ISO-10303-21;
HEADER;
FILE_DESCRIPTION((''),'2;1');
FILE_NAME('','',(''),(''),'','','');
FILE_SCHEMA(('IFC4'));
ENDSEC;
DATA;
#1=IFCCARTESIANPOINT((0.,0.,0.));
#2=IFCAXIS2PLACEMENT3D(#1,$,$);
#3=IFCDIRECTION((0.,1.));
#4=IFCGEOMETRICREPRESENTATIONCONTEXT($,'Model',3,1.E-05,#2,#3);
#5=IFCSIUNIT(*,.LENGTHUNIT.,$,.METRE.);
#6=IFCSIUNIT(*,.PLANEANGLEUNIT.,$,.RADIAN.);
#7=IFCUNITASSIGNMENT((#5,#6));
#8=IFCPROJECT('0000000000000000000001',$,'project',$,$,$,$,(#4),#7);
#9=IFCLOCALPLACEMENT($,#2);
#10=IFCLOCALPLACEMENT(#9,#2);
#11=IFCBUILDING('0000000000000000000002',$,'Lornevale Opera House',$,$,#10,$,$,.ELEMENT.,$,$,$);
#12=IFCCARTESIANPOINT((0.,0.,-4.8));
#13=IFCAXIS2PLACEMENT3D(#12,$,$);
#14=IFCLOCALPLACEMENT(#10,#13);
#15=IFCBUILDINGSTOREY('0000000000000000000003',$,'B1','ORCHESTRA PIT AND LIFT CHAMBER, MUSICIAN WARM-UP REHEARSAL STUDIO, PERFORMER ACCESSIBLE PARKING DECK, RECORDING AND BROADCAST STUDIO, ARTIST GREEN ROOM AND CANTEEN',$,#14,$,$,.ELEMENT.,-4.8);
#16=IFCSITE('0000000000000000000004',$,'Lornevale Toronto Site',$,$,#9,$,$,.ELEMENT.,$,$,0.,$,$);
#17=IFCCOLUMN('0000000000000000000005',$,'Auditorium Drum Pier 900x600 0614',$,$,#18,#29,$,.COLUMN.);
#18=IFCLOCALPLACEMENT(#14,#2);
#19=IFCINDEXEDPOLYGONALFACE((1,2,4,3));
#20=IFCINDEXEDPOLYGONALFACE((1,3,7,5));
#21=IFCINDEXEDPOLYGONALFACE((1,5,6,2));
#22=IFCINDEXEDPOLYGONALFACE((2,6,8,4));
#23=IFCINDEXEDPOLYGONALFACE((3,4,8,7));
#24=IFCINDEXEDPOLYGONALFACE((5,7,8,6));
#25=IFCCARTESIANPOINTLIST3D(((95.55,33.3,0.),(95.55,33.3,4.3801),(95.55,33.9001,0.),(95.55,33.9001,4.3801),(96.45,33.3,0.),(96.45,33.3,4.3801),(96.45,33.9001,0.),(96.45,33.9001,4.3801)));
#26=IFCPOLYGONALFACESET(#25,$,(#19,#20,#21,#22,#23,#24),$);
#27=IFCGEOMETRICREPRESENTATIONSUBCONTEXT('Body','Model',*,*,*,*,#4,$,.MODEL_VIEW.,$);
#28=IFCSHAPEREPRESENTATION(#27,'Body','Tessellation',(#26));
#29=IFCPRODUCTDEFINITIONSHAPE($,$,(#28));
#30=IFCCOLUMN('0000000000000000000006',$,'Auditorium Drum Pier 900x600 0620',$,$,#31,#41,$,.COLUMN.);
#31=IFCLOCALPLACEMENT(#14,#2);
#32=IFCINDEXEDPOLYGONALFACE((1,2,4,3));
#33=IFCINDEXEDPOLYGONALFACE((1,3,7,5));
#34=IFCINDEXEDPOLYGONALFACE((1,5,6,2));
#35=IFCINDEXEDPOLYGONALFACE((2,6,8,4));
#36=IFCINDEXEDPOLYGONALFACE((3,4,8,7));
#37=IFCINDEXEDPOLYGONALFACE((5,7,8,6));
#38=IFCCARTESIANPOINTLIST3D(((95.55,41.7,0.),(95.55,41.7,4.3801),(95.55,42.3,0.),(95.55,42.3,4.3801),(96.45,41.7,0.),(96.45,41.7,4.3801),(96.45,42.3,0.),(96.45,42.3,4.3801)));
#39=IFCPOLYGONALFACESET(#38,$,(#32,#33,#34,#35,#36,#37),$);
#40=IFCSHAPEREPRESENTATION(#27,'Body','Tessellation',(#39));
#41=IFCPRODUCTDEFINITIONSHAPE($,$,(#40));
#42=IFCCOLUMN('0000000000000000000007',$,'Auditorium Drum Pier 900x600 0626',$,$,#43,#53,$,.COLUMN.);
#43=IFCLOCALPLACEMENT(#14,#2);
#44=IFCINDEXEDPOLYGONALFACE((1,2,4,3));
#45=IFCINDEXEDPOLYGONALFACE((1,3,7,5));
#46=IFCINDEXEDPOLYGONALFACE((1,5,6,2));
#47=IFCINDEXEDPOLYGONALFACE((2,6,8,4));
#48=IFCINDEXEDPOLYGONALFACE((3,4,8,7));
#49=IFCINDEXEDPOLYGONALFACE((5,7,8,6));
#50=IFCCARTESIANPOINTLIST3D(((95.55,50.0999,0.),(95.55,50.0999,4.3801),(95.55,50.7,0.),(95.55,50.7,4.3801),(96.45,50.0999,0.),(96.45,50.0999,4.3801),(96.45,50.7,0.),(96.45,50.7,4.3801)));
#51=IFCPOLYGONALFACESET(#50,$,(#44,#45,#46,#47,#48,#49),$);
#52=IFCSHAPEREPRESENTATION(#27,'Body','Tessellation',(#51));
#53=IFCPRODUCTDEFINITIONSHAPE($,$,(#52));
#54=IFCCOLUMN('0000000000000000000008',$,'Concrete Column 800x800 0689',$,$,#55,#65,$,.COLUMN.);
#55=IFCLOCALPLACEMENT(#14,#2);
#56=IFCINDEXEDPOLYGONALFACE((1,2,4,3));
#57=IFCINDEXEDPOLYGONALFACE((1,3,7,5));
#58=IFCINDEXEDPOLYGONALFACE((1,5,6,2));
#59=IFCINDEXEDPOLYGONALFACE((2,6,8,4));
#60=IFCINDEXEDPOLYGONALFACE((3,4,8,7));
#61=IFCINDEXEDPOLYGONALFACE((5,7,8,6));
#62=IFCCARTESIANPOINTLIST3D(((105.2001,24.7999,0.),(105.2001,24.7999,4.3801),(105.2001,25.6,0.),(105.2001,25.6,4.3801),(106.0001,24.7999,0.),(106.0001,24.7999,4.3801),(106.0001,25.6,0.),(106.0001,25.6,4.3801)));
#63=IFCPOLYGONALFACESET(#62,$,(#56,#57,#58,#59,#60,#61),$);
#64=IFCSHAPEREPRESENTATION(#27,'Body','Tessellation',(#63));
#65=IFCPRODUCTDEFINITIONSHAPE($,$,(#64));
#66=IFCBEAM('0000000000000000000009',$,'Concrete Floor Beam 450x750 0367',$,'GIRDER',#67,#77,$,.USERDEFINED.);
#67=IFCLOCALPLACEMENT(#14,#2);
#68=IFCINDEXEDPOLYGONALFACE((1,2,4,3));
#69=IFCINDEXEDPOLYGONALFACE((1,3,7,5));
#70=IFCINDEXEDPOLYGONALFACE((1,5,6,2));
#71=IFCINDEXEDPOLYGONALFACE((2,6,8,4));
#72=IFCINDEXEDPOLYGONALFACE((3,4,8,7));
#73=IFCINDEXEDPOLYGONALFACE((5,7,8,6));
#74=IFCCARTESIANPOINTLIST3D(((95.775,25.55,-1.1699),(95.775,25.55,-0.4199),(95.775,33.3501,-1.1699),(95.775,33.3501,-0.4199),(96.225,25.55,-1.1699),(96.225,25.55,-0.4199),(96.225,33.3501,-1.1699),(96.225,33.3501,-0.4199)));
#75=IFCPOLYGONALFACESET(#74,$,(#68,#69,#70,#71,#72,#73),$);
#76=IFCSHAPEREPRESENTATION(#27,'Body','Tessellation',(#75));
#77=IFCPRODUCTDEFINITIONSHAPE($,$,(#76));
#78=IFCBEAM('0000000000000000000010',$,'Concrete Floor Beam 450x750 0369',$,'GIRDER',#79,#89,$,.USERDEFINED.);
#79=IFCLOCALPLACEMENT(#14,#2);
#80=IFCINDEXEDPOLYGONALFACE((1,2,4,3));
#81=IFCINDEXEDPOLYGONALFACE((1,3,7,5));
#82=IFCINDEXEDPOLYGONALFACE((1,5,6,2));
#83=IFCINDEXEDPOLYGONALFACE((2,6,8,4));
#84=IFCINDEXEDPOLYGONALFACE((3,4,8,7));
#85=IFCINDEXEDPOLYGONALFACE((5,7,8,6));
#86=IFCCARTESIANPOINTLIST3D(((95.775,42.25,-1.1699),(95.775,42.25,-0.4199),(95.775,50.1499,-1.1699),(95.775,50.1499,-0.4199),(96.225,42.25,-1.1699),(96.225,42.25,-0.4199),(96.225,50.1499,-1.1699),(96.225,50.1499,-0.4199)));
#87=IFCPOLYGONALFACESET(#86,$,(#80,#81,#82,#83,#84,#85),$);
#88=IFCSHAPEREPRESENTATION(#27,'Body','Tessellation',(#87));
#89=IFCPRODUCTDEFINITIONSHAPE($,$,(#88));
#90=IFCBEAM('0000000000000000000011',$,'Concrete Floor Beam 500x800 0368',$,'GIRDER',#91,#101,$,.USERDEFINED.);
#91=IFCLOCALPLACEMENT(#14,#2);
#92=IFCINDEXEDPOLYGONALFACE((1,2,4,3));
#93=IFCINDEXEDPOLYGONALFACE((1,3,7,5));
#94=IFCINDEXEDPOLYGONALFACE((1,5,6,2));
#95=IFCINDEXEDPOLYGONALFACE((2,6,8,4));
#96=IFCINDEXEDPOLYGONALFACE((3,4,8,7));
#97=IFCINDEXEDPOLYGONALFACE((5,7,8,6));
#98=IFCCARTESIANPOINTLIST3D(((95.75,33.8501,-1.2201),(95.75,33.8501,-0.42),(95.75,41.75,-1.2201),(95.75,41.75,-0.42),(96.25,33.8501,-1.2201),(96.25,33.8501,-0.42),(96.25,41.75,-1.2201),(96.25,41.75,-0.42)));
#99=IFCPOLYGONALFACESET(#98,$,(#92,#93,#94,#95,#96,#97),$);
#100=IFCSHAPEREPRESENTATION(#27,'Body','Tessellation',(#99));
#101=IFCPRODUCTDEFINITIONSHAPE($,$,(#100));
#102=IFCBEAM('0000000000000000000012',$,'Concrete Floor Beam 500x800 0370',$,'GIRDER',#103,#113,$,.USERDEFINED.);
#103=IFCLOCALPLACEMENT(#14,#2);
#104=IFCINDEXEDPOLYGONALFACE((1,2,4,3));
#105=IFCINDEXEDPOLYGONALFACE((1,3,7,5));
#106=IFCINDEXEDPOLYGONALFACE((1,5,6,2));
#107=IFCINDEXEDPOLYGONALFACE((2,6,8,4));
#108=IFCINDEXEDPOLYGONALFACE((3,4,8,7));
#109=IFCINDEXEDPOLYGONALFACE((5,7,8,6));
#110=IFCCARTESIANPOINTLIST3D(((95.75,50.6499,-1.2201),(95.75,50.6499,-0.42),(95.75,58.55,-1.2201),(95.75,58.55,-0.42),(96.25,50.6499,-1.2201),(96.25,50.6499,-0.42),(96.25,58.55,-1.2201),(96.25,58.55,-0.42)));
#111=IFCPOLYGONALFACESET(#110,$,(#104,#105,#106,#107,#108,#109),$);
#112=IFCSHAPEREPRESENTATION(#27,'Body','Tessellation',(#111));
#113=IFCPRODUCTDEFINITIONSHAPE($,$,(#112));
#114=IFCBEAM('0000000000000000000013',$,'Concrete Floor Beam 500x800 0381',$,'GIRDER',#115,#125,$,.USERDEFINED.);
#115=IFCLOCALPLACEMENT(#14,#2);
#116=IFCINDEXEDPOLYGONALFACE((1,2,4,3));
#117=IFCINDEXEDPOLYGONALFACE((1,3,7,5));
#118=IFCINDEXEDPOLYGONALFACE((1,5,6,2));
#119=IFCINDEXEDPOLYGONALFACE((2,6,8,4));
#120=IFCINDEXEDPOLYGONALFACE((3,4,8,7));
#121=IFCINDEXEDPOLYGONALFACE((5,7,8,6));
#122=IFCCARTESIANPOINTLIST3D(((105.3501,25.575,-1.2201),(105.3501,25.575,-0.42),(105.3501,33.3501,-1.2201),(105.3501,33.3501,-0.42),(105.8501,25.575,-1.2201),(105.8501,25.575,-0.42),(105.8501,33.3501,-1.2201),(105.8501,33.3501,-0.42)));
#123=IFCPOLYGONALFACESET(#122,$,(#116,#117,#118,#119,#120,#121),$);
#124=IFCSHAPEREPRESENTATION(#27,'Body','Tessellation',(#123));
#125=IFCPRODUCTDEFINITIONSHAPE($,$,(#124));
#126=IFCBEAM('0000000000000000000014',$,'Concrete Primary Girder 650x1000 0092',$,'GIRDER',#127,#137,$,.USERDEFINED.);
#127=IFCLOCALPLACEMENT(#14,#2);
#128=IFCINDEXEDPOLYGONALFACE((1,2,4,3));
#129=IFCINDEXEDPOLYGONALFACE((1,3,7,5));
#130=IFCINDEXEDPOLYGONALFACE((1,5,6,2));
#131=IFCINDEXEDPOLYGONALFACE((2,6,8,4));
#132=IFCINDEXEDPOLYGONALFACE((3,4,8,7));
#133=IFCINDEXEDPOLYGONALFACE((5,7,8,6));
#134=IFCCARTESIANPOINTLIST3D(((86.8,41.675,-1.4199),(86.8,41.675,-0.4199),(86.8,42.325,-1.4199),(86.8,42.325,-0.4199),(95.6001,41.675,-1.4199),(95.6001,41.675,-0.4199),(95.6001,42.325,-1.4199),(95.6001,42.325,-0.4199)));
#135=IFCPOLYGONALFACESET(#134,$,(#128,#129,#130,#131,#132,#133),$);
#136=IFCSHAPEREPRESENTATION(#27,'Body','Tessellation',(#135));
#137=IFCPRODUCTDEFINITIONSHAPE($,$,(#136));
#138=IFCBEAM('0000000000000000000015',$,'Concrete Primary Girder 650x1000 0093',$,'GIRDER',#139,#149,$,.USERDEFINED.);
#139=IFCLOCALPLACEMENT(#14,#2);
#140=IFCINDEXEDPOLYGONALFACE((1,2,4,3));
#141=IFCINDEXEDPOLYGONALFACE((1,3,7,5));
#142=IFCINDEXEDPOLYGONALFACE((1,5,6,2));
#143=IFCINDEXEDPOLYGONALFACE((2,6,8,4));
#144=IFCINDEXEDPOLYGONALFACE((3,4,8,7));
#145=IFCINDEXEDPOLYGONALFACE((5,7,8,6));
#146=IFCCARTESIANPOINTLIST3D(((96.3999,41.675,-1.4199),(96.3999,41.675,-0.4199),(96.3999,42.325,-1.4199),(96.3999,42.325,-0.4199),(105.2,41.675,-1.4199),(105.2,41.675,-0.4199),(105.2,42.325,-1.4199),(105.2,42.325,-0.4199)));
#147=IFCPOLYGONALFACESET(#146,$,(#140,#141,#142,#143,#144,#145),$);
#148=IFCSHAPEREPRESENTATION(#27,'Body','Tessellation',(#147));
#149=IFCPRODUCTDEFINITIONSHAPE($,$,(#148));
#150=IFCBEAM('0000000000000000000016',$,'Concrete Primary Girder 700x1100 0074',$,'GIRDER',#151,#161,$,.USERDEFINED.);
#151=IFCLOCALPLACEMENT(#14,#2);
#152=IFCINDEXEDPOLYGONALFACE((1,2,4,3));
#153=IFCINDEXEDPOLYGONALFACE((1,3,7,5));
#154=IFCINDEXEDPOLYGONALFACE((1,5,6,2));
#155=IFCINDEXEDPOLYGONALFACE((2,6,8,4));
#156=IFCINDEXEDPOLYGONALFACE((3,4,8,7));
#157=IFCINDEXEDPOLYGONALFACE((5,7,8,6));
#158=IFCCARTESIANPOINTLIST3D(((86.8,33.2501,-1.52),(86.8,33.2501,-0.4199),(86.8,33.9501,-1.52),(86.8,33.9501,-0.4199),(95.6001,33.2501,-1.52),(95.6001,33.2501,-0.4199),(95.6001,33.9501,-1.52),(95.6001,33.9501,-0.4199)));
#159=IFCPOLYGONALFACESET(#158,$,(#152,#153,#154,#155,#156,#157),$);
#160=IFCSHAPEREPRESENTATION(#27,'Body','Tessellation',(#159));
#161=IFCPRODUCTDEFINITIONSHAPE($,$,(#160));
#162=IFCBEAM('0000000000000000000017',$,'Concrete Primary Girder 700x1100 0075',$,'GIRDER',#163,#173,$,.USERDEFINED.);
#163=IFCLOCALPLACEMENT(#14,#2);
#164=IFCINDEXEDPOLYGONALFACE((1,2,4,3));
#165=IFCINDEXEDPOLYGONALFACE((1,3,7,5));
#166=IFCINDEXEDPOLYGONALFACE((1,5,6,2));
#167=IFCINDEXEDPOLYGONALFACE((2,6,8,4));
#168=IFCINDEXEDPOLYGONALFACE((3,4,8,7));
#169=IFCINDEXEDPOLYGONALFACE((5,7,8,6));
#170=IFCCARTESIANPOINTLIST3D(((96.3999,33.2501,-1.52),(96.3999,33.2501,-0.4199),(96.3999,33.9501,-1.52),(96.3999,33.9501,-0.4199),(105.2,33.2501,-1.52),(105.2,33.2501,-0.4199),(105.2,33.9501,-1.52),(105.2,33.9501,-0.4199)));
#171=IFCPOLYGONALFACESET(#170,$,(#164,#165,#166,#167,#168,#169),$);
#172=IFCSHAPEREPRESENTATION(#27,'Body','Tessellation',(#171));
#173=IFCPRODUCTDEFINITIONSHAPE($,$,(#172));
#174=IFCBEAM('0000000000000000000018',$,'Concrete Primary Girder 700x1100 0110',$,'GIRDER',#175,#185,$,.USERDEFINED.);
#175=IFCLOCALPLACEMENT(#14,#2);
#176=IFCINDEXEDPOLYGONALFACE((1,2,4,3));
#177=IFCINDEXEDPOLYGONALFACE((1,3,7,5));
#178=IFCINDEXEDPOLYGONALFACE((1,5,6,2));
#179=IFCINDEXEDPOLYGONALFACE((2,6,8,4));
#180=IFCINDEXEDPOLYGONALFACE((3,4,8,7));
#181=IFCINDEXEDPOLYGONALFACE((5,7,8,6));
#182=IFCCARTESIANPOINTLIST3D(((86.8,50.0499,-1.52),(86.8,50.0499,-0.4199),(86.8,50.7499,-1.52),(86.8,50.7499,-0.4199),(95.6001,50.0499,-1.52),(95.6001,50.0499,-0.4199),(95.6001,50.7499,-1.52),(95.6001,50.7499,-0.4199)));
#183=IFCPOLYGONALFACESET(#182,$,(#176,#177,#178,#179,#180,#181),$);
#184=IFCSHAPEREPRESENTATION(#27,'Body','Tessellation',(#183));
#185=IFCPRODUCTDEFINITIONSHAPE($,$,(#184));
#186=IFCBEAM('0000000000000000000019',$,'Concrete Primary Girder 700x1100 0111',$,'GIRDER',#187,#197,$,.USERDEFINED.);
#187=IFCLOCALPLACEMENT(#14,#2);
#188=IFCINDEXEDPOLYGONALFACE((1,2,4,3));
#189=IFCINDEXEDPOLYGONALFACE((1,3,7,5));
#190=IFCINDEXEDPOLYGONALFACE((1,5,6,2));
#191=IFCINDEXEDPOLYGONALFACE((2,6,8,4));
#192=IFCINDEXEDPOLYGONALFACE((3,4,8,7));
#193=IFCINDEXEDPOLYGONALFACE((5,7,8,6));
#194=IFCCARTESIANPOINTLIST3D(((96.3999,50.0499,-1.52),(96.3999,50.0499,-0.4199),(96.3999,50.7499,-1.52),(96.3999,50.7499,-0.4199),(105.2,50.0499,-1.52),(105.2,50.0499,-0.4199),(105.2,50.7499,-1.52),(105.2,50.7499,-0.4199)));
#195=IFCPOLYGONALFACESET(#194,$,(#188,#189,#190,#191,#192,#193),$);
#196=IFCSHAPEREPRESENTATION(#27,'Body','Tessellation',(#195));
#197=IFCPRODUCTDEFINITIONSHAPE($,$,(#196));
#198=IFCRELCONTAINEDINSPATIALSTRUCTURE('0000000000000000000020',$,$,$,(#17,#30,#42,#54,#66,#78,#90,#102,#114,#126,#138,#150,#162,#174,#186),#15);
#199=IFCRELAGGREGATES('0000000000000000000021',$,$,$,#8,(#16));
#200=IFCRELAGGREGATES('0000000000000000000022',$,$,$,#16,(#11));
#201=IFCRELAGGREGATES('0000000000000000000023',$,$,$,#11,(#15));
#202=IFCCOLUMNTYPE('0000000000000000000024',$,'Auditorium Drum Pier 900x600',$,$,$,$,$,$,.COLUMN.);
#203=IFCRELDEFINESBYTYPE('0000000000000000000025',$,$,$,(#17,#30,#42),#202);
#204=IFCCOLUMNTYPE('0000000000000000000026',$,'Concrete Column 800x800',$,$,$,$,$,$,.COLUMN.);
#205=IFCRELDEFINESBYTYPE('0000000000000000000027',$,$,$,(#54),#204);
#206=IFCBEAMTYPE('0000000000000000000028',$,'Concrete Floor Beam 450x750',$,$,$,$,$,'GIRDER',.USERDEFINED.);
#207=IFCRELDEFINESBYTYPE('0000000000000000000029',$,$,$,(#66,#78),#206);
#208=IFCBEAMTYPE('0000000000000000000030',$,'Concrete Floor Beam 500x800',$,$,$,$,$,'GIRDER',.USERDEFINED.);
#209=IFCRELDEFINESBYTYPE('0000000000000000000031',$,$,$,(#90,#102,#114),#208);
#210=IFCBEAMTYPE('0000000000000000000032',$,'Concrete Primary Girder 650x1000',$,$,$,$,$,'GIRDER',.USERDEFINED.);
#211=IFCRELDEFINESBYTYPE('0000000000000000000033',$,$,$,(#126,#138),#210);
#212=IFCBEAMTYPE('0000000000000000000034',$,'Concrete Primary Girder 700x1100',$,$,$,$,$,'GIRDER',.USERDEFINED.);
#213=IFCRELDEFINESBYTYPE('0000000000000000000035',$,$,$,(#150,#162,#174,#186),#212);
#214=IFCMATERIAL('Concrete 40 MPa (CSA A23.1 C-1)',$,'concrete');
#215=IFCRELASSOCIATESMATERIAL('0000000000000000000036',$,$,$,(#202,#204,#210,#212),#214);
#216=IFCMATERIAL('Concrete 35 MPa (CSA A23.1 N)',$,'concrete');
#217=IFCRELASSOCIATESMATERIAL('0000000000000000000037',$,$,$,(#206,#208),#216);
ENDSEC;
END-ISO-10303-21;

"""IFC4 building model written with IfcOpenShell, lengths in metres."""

from ifc_helpers import new_model, si_unit, direction, frame, origin, origin_2d, place, context, subcontext, project, spatial, rectangle, extrude, material, material_profile, profile_set, type_object, element, save


model = new_model("IFC4")

# Units and contexts
model_context = context("Model", 3, precision=1e-05, world=origin(), true_north=direction((0.0, 1.0)))
body_context = subcontext(model_context, "Body", "Model", "MODEL_VIEW")
ifc_project = project(units=[si_unit("LENGTHUNIT", "METRE"), si_unit("PLANEANGLEUNIT", "RADIAN")], contexts=[model_context])

# Site, building, storey
site_placement = place(None, origin())
site = spatial("IfcSite", under=ifc_project, at=site_placement, Name="Lornevale Toronto Site", CompositionType="ELEMENT", RefElevation=0.0)
building_placement = place(site_placement, origin())
building = spatial("IfcBuilding", under=site, at=building_placement, Name="Lornevale Opera House", CompositionType="ELEMENT")
storey_placement = place(building_placement, frame((0.0, 0.0, -4.8)))
storey = spatial("IfcBuildingStorey", under=building, at=storey_placement, Name="B1", Description="ORCHESTRA PIT AND LIFT CHAMBER, MUSICIAN WARM-UP REHEARSAL STUDIO, PERFORMER ACCESSIBLE PARKING DECK, RECORDING AND BROADCAST STUDIO, ARTIST GREEN ROOM AND CANTEEN", CompositionType="ELEMENT", Elevation=-4.8)

# Columns
ifc_material_1 = material(Name="Concrete 40 MPa (CSA A23.1 C-1)", Category="concrete")
ifc_material_profile_1 = material_profile(ifc_material_1, rectangle(XDim=0.8999, YDim=0.6001, at=origin_2d()), Name="RC900x600")
ifc_profile_set_1 = profile_set([ifc_material_profile_1], Name="Concrete 40 MPa (CSA A23.1 C-1)")
column_type_1 = type_object("IfcColumnType", Name="Auditorium Drum Pier 900x600", PredefinedType="COLUMN", material=ifc_profile_set_1)
for number, where, z_axis, x_axis, name in (
    (1, (96.0, 33.6001, 0.0), (0.0, 0.0, 1.0), (1.0, 0.0, 0.0), "Auditorium Drum Pier 900x600 0614"),
    (2, (96.0, 42.0, 0.0), (0.0, 0.0, 1.0), (1.0, 0.0, 0.0), "Auditorium Drum Pier 900x600 0620"),
    (3, (96.0, 50.3999, 0.0), (0.0, 0.0, 1.0), (1.0, 0.0, 0.0), "Auditorium Drum Pier 900x600 0626"),
):
    element("IfcColumn", number, at=place(storey_placement, frame(where, z_axis=z_axis, x_axis=x_axis)), inside=storey, type_object=column_type_1, Name=name, PredefinedType="COLUMN", context=body_context, shape_type="SweptSolid", body=[
        extrude(rectangle(XDim=0.8999, YDim=0.6001, at=origin_2d()), origin(), (0.0, 0.0, 1.0), 4.3801),
    ])
ifc_material_profile_2 = material_profile(ifc_material_1, rectangle(XDim=0.8, YDim=0.8, at=origin_2d()), Name="RC800x800")
ifc_profile_set_2 = profile_set([ifc_material_profile_2], Name="Concrete 40 MPa (CSA A23.1 C-1)")
column_type_2 = type_object("IfcColumnType", Name="Concrete Column 800x800", PredefinedType="COLUMN", material=ifc_profile_set_2)
column_placement = place(storey_placement, frame((105.6001, 25.2, 0.0), z_axis=(0.0, 0.0, 1.0), x_axis=(1.0, 0.0, 0.0)))
element("IfcColumn", 4, at=column_placement, inside=storey, type_object=column_type_2, Name="Concrete Column 800x800 0689", PredefinedType="COLUMN", context=body_context, shape_type="SweptSolid", body=[
    extrude(rectangle(XDim=0.8, YDim=0.8, at=origin_2d()), origin(), (0.0, 0.0, 1.0), 4.3801),
])

# Beams
ifc_material_2 = material(Name="Concrete 35 MPa (CSA A23.1 N)", Category="concrete")
ifc_material_profile_3 = material_profile(ifc_material_2, rectangle(XDim=0.45, YDim=0.75, at=origin_2d()), Name="RC450x750")
ifc_profile_set_3 = profile_set([ifc_material_profile_3], Name="Concrete 35 MPa (CSA A23.1 N)")
beam_type_1 = type_object("IfcBeamType", Name="Concrete Floor Beam 450x750", ElementType="GIRDER", PredefinedType="USERDEFINED", material=ifc_profile_set_3)
beam_1_placement = place(storey_placement, frame((96.0, 25.55, -0.7949), z_axis=(0.0, 1.0, 0.0), x_axis=(-1.0, 0.0, 0.0)))
element("IfcBeam", 5, at=beam_1_placement, inside=storey, type_object=beam_type_1, Name="Concrete Floor Beam 450x750 0367", ObjectType="GIRDER", PredefinedType="USERDEFINED", context=body_context, shape_type="SweptSolid", body=[
    extrude(rectangle(XDim=0.45, YDim=0.75, at=origin_2d()), origin(), (0.0, 0.0, 1.0), 7.8),
])
beam_2_placement = place(storey_placement, frame((96.0, 42.25, -0.7949), z_axis=(0.0, 1.0, 0.0), x_axis=(-1.0, 0.0, 0.0)))
element("IfcBeam", 6, at=beam_2_placement, inside=storey, type_object=beam_type_1, Name="Concrete Floor Beam 450x750 0369", ObjectType="GIRDER", PredefinedType="USERDEFINED", context=body_context, shape_type="SweptSolid", body=[
    extrude(rectangle(XDim=0.45, YDim=0.75, at=origin_2d()), origin(), (0.0, 0.0, 1.0), 7.8999),
])
ifc_material_profile_4 = material_profile(ifc_material_2, rectangle(XDim=0.5, YDim=0.8, at=origin_2d()), Name="RC500x800")
ifc_profile_set_4 = profile_set([ifc_material_profile_4], Name="Concrete 35 MPa (CSA A23.1 N)")
beam_type_2 = type_object("IfcBeamType", Name="Concrete Floor Beam 500x800", ElementType="GIRDER", PredefinedType="USERDEFINED", material=ifc_profile_set_4)
beam_3_placement = place(storey_placement, frame((96.0, 33.8501, -0.8201), z_axis=(0.0, 1.0, 0.0), x_axis=(-1.0, 0.0, 0.0)))
element("IfcBeam", 7, at=beam_3_placement, inside=storey, type_object=beam_type_2, Name="Concrete Floor Beam 500x800 0368", ObjectType="GIRDER", PredefinedType="USERDEFINED", context=body_context, shape_type="SweptSolid", body=[
    extrude(rectangle(XDim=0.5, YDim=0.8, at=origin_2d()), origin(), (0.0, 0.0, 1.0), 7.8999),
])
beam_4_placement = place(storey_placement, frame((96.0, 50.6499, -0.8201), z_axis=(0.0, 1.0, 0.0), x_axis=(-1.0, 0.0, 0.0)))
element("IfcBeam", 8, at=beam_4_placement, inside=storey, type_object=beam_type_2, Name="Concrete Floor Beam 500x800 0370", ObjectType="GIRDER", PredefinedType="USERDEFINED", context=body_context, shape_type="SweptSolid", body=[
    extrude(rectangle(XDim=0.5, YDim=0.8, at=origin_2d()), origin(), (0.0, 0.0, 1.0), 7.9001),
])
beam_5_placement = place(storey_placement, frame((105.6001, 25.575, -0.8201), z_axis=(0.0, 1.0, 0.0), x_axis=(-1.0, 0.0, 0.0)))
element("IfcBeam", 9, at=beam_5_placement, inside=storey, type_object=beam_type_2, Name="Concrete Floor Beam 500x800 0381", ObjectType="GIRDER", PredefinedType="USERDEFINED", context=body_context, shape_type="SweptSolid", body=[
    extrude(rectangle(XDim=0.5, YDim=0.8, at=origin_2d()), origin(), (0.0, 0.0, 1.0), 7.7751),
])
ifc_material_profile_5 = material_profile(ifc_material_1, rectangle(XDim=0.6499, YDim=1.0, at=origin_2d()), Name="RC650x1000")
ifc_profile_set_5 = profile_set([ifc_material_profile_5], Name="Concrete 40 MPa (CSA A23.1 C-1)")
beam_type_3 = type_object("IfcBeamType", Name="Concrete Primary Girder 650x1000", ElementType="GIRDER", PredefinedType="USERDEFINED", material=ifc_profile_set_5)
for number, where, z_axis, x_axis, name in (
    (10, (86.8, 42.0, -0.9199), (1.0, 0.0, 0.0), (0.0, 1.0, 0.0), "Concrete Primary Girder 650x1000 0092"),
    (11, (96.3999, 42.0, -0.9199), (1.0, 0.0, 0.0), (0.0, 1.0, 0.0), "Concrete Primary Girder 650x1000 0093"),
):
    element("IfcBeam", number, at=place(storey_placement, frame(where, z_axis=z_axis, x_axis=x_axis)), inside=storey, type_object=beam_type_3, Name=name, ObjectType="GIRDER", PredefinedType="USERDEFINED", context=body_context, shape_type="SweptSolid", body=[
        extrude(rectangle(XDim=0.6499, YDim=1.0, at=origin_2d()), origin(), (0.0, 0.0, 1.0), 8.8),
    ])
ifc_material_profile_6 = material_profile(ifc_material_1, rectangle(XDim=0.7, YDim=1.1001, at=origin_2d()), Name="RC700x1100")
ifc_profile_set_6 = profile_set([ifc_material_profile_6], Name="Concrete 40 MPa (CSA A23.1 C-1)")
beam_type_4 = type_object("IfcBeamType", Name="Concrete Primary Girder 700x1100", ElementType="GIRDER", PredefinedType="USERDEFINED", material=ifc_profile_set_6)
for number, where, z_axis, x_axis, name in (
    (12, (86.8, 33.6001, -0.97), (1.0, 0.0, 0.0), (0.0, 1.0, 0.0), "Concrete Primary Girder 700x1100 0074"),
    (13, (96.3999, 33.6001, -0.97), (1.0, 0.0, 0.0), (0.0, 1.0, 0.0), "Concrete Primary Girder 700x1100 0075"),
    (14, (86.8, 50.3999, -0.97), (1.0, 0.0, 0.0), (0.0, 1.0, 0.0), "Concrete Primary Girder 700x1100 0110"),
    (15, (96.3999, 50.3999, -0.97), (1.0, 0.0, 0.0), (0.0, 1.0, 0.0), "Concrete Primary Girder 700x1100 0111"),
):
    element("IfcBeam", number, at=place(storey_placement, frame(where, z_axis=z_axis, x_axis=x_axis)), inside=storey, type_object=beam_type_4, Name=name, ObjectType="GIRDER", PredefinedType="USERDEFINED", context=body_context, shape_type="SweptSolid", body=[
        extrude(rectangle(XDim=0.7, YDim=1.1001, at=origin_2d()), origin(), (0.0, 0.0, 1.0), 8.8),
    ])

save(model, "model.ifc")
